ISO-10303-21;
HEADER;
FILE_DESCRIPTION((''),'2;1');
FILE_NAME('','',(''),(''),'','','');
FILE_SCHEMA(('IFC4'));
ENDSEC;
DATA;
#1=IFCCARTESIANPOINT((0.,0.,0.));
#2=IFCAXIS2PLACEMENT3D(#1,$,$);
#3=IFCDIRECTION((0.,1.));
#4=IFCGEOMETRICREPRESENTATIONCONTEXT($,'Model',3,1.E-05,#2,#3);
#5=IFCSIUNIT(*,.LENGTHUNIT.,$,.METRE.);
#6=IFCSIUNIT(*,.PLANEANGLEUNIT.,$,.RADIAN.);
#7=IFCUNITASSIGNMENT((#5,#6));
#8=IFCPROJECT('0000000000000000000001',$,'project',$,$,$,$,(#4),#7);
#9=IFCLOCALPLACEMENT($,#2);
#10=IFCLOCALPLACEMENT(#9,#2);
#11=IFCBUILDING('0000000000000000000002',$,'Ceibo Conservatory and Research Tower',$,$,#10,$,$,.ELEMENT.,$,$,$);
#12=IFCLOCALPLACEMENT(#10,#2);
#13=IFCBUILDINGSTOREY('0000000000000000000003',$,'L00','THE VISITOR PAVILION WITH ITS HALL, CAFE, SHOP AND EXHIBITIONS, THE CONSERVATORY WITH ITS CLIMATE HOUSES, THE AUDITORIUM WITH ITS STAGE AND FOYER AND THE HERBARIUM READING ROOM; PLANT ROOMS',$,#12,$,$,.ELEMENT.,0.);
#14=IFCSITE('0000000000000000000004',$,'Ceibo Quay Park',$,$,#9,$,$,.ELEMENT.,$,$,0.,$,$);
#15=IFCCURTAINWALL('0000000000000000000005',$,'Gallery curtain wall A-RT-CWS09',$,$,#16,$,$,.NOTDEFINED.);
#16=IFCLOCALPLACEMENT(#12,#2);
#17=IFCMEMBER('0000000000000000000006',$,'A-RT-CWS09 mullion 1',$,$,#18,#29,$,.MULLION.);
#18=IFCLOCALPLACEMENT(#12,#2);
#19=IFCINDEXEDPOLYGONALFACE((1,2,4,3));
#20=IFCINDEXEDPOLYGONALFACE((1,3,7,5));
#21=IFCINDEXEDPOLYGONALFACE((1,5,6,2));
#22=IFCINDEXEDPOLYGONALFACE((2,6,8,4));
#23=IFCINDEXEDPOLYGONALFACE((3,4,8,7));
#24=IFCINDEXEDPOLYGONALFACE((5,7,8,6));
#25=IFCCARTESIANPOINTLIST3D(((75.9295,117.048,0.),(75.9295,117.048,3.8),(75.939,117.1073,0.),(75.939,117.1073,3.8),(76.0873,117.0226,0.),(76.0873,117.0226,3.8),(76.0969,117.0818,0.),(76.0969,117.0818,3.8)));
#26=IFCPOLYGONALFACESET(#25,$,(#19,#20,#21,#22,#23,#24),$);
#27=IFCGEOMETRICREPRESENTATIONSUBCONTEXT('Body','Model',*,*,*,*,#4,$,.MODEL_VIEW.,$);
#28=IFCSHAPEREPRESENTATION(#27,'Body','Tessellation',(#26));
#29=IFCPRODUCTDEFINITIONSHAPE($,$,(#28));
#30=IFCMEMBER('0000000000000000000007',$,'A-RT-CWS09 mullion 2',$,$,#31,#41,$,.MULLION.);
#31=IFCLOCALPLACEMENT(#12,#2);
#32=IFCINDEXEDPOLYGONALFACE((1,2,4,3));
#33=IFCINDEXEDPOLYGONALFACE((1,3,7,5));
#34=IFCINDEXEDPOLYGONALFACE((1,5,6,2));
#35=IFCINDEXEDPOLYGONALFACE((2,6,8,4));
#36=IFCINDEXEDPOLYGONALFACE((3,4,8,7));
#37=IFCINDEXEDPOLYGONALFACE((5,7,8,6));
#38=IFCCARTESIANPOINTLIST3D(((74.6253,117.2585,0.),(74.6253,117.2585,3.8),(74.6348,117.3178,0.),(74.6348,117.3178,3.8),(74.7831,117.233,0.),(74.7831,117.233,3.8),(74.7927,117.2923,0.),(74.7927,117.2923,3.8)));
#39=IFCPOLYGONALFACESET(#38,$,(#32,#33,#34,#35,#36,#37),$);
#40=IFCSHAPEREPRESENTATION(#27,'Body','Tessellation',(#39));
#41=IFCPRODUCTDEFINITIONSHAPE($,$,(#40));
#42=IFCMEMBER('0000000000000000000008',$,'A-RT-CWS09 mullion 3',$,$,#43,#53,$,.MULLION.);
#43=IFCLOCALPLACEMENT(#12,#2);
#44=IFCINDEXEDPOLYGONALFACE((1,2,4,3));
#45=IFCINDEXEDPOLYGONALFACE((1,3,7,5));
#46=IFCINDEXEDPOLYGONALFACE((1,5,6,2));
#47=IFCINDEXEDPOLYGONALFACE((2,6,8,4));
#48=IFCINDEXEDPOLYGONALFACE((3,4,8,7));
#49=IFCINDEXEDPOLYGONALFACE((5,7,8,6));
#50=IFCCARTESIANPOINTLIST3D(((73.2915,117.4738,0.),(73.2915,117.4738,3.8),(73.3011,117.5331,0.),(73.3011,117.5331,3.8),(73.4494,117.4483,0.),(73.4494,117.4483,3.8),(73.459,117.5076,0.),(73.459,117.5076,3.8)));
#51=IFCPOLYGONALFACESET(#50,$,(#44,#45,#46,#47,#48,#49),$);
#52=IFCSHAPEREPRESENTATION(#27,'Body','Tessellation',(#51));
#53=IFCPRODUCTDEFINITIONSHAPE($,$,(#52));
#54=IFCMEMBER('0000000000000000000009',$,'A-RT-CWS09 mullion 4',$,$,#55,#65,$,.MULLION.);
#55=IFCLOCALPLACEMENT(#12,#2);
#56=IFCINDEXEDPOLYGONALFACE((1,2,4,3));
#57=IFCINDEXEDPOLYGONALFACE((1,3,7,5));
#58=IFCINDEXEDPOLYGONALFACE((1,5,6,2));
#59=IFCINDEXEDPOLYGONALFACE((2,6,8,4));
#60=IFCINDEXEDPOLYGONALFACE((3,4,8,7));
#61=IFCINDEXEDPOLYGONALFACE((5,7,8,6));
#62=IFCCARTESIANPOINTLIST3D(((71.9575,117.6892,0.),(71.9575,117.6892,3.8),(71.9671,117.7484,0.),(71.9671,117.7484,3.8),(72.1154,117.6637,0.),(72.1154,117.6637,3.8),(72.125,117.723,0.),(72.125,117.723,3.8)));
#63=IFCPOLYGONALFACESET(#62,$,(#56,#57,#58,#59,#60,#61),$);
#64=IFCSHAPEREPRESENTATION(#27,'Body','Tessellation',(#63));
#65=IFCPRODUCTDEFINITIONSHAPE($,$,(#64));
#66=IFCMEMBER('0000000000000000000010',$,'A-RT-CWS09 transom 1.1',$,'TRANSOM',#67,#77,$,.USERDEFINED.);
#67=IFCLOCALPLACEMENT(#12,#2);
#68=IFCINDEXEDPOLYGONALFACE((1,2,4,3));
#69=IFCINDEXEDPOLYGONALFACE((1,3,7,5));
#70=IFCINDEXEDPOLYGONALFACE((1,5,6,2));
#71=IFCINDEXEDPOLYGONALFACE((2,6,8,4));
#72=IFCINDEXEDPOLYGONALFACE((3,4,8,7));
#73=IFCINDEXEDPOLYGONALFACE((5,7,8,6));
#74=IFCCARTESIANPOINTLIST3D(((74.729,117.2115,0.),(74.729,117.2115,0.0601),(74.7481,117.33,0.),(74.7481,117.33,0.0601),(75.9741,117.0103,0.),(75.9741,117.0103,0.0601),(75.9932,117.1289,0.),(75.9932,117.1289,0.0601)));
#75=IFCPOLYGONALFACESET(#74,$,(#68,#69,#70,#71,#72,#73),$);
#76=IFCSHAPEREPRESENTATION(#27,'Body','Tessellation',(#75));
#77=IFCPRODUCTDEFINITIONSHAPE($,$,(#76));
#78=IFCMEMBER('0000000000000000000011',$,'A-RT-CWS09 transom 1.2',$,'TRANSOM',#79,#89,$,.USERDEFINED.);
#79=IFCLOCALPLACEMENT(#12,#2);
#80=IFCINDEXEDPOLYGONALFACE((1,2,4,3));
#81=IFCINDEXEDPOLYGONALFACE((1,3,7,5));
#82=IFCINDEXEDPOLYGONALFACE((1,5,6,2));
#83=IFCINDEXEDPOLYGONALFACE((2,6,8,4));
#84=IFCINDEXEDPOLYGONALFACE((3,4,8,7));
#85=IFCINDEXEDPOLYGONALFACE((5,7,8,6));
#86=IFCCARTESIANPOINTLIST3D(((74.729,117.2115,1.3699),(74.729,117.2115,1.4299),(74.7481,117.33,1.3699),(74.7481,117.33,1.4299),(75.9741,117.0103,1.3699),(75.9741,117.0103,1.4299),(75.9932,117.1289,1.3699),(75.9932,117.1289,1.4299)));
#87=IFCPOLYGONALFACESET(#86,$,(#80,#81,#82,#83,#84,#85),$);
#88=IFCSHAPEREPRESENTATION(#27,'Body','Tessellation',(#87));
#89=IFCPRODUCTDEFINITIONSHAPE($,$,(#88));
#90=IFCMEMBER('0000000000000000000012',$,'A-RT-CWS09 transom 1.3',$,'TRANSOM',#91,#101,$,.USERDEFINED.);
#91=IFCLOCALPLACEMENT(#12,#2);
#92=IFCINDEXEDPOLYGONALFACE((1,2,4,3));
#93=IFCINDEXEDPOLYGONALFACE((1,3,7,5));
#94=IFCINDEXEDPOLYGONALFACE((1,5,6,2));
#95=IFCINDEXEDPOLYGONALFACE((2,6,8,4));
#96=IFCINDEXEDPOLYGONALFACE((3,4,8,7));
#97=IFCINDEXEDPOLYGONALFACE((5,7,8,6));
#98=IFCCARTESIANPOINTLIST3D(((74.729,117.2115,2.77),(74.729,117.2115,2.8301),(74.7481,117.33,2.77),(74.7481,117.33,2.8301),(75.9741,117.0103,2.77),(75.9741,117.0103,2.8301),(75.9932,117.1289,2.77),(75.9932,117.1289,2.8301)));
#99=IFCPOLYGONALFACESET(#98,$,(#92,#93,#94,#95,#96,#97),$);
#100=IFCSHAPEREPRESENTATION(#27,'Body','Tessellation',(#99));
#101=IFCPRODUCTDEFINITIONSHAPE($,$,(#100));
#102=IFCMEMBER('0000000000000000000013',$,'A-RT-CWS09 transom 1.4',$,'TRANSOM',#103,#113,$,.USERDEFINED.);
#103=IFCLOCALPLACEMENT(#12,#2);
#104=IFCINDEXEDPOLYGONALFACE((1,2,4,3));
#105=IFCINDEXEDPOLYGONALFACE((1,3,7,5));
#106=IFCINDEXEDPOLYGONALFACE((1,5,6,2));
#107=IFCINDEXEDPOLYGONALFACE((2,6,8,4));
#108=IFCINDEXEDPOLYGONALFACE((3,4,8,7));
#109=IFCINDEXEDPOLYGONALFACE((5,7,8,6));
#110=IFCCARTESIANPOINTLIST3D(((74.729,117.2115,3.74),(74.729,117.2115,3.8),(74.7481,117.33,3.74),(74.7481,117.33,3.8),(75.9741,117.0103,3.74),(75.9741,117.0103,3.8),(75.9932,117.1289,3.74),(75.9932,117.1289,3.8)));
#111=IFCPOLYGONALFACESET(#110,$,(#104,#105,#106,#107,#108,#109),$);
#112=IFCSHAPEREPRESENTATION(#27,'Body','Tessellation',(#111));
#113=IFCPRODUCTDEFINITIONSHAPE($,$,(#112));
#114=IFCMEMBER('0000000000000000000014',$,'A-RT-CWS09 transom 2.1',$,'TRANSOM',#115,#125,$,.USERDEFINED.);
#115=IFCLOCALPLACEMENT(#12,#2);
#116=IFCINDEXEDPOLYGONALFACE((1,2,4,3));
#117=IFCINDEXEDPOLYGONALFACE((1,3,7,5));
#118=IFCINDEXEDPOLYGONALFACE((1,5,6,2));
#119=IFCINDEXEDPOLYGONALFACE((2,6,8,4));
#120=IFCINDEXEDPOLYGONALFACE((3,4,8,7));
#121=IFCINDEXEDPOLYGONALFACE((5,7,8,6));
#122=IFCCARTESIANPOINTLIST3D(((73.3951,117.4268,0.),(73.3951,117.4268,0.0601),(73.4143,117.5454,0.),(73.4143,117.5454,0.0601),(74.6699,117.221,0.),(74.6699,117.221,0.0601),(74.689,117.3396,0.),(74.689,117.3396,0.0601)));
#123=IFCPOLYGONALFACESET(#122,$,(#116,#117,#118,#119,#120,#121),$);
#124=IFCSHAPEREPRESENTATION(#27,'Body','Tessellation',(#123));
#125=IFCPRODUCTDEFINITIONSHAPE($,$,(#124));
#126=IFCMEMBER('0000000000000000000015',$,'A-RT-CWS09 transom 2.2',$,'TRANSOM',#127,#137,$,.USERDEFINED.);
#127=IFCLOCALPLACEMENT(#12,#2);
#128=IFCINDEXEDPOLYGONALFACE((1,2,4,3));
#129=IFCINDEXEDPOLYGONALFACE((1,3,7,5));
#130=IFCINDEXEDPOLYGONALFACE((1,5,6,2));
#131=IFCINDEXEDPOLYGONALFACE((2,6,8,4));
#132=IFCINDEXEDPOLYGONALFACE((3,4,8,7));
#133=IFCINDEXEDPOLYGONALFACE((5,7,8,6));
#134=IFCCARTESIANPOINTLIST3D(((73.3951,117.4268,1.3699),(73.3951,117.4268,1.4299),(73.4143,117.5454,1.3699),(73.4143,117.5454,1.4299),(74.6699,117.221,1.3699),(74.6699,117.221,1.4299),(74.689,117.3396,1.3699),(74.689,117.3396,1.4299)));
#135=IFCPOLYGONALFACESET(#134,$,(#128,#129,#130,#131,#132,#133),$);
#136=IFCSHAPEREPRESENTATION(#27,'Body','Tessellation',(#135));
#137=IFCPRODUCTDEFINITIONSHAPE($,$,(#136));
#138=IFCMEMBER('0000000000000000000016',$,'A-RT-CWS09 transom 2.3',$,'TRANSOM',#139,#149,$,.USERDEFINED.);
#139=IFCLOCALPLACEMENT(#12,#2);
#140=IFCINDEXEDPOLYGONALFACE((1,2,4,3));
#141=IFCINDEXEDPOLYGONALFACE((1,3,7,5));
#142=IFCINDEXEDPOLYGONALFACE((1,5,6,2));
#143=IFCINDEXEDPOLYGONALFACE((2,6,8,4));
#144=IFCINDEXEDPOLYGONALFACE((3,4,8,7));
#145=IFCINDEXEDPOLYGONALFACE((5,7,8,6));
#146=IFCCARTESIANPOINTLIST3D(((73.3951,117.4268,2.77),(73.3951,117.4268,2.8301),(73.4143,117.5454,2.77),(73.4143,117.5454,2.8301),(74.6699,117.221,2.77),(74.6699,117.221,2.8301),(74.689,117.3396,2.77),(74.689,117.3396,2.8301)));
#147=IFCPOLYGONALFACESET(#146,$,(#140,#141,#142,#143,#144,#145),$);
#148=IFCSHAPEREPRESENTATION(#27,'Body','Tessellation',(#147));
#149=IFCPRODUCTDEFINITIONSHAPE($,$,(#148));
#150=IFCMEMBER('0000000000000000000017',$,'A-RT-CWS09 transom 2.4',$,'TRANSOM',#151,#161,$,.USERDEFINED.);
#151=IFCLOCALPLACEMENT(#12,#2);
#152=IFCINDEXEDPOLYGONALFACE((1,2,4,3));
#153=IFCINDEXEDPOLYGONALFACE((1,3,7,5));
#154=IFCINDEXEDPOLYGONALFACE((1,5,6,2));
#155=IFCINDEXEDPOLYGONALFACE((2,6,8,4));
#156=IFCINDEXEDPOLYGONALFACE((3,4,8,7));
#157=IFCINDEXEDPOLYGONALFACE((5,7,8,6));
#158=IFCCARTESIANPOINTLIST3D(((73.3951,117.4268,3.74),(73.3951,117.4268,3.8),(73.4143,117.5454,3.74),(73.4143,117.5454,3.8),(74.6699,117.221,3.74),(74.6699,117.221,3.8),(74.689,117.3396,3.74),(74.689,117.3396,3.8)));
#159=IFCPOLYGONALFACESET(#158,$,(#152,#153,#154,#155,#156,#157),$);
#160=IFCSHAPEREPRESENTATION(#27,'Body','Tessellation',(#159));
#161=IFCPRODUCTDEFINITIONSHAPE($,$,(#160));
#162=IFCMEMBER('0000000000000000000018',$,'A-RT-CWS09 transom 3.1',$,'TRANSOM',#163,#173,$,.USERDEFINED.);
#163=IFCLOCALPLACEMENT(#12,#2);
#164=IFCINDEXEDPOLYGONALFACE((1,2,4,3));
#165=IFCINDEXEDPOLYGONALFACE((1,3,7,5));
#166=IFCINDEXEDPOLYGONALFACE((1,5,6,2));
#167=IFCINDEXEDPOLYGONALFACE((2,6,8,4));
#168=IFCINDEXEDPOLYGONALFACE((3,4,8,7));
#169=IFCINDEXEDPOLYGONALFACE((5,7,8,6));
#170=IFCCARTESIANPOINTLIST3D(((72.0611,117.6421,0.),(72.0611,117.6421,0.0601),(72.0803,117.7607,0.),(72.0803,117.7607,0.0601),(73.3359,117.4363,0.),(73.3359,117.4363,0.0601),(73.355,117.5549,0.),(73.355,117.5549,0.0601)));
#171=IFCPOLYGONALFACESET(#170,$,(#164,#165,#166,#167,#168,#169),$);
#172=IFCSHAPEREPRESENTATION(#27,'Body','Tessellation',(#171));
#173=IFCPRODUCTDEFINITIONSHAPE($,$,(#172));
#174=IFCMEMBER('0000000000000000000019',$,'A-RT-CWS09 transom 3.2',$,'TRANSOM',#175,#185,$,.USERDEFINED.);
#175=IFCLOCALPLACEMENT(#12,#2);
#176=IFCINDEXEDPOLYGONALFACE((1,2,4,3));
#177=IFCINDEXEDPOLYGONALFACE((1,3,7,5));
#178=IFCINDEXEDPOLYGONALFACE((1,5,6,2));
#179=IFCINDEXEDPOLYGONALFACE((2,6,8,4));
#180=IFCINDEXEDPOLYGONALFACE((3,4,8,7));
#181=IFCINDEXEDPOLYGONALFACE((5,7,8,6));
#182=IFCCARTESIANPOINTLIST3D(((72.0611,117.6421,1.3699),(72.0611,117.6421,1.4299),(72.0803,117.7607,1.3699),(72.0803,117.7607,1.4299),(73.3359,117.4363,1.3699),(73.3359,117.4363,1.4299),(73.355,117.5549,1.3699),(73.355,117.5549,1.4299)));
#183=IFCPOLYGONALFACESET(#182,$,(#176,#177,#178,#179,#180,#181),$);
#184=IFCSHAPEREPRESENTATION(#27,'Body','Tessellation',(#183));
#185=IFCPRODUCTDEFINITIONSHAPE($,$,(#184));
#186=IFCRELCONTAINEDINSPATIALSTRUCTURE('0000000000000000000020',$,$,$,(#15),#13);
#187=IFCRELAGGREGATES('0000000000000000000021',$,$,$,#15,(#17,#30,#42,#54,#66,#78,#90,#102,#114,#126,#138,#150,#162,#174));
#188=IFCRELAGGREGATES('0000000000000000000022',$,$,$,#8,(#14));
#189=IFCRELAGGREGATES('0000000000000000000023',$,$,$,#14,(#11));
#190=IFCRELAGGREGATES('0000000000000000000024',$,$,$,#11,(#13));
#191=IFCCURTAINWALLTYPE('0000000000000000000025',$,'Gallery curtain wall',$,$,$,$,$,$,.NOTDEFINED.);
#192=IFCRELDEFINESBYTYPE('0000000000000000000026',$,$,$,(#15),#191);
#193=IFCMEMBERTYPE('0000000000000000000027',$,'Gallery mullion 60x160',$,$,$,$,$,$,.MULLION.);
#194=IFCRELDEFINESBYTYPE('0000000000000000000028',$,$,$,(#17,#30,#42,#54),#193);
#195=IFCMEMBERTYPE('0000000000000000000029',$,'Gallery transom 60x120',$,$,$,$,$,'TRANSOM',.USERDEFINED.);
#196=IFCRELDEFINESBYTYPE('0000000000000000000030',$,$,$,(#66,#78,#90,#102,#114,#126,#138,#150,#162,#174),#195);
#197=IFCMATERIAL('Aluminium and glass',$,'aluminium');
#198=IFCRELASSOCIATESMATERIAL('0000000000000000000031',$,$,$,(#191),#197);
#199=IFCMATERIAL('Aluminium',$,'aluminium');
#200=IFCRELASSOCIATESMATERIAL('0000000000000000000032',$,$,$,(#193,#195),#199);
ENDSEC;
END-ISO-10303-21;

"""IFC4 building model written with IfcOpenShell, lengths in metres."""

from ifc_helpers import new_model, si_unit, direction, frame, origin, origin_2d, place, context, subcontext, project, spatial, rectangle, extrude, material, material_profile, profile_set, type_object, element, aggregate, save


model = new_model("IFC4")

# Units and contexts
model_context = context("Model", 3, precision=1e-05, world=origin(), true_north=direction((0.0, 1.0)))
body_context = subcontext(model_context, "Body", "Model", "MODEL_VIEW")
ifc_project = project(units=[si_unit("LENGTHUNIT", "METRE"), si_unit("PLANEANGLEUNIT", "RADIAN")], contexts=[model_context])

# Site, building, storey
site_placement = place(None, origin())
site = spatial("IfcSite", under=ifc_project, at=site_placement, Name="Ceibo Quay Park", CompositionType="ELEMENT", RefElevation=0.0)
building_placement = place(site_placement, origin())
building = spatial("IfcBuilding", under=site, at=building_placement, Name="Ceibo Conservatory and Research Tower", CompositionType="ELEMENT")
storey_placement = place(building_placement, origin())
storey = spatial("IfcBuildingStorey", under=building, at=storey_placement, Name="L00", Description="THE VISITOR PAVILION WITH ITS HALL, CAFE, SHOP AND EXHIBITIONS, THE CONSERVATORY WITH ITS CLIMATE HOUSES, THE AUDITORIUM WITH ITS STAGE AND FOYER AND THE HERBARIUM READING ROOM; PLANT ROOMS", CompositionType="ELEMENT", Elevation=0.0)

# Curtain wall, members
ifc_material_1 = material(Name="Aluminium and glass", Category="aluminium")
curtain_wall_type = type_object("IfcCurtainWallType", Name="Gallery curtain wall", PredefinedType="NOTDEFINED", material=ifc_material_1)
curtain_wall_placement = place(storey_placement, origin())
curtain_wall = element("IfcCurtainWall", 1, at=curtain_wall_placement, inside=storey, type_object=curtain_wall_type, Name="Gallery curtain wall A-RT-CWS09", PredefinedType="NOTDEFINED")
ifc_material_2 = material(Name="Aluminium", Category="aluminium")
ifc_material_profile_1 = material_profile(ifc_material_2, rectangle(XDim=0.0601, YDim=0.1599, at=origin_2d()), Name="AL 60x160")
ifc_profile_set_1 = profile_set([ifc_material_profile_1], Name="Aluminium")
member_type_1 = type_object("IfcMemberType", Name="Gallery mullion 60x160", PredefinedType="MULLION", material=ifc_profile_set_1)
member_1_placement = place(storey_placement, frame((76.0132, 117.0649, 0.0), z_axis=(0.0, 0.0, 1.0), x_axis=(-0.159391, -0.987216, 0.0)))
member_1 = element("IfcMember", 2, at=member_1_placement, type_object=member_type_1, Name="A-RT-CWS09 mullion 1", PredefinedType="MULLION", context=body_context, shape_type="SweptSolid", body=[
    extrude(rectangle(XDim=0.0601, YDim=0.1599, at=origin_2d()), origin(), (0.0, 0.0, 1.0), 3.8),
])
member_2_placement = place(storey_placement, frame((74.709, 117.2754, 0.0), z_axis=(0.0, 0.0, 1.0), x_axis=(-0.159391, -0.987216, 0.0)))
member_2 = element("IfcMember", 3, at=member_2_placement, type_object=member_type_1, Name="A-RT-CWS09 mullion 2", PredefinedType="MULLION", context=body_context, shape_type="SweptSolid", body=[
    extrude(rectangle(XDim=0.0601, YDim=0.1599, at=origin_2d()), origin(), (0.0, 0.0, 1.0), 3.8),
])
member_3_placement = place(storey_placement, frame((73.3752, 117.4907, 0.0), z_axis=(0.0, 0.0, 1.0), x_axis=(-0.159391, -0.987216, 0.0)))
member_3 = element("IfcMember", 4, at=member_3_placement, type_object=member_type_1, Name="A-RT-CWS09 mullion 3", PredefinedType="MULLION", context=body_context, shape_type="SweptSolid", body=[
    extrude(rectangle(XDim=0.0601, YDim=0.1599, at=origin_2d()), origin(), (0.0, 0.0, 1.0), 3.8),
])
member_4_placement = place(storey_placement, frame((72.0413, 117.7061, 0.0), z_axis=(0.0, 0.0, 1.0), x_axis=(-0.159391, -0.987216, 0.0)))
member_4 = element("IfcMember", 5, at=member_4_placement, type_object=member_type_1, Name="A-RT-CWS09 mullion 4", PredefinedType="MULLION", context=body_context, shape_type="SweptSolid", body=[
    extrude(rectangle(XDim=0.0601, YDim=0.1599, at=origin_2d()), origin(), (0.0, 0.0, 1.0), 3.8),
])
ifc_material_profile_2 = material_profile(ifc_material_2, rectangle(XDim=0.1201, YDim=0.0601, at=origin_2d()), Name="AL 60x120")
ifc_profile_set_2 = profile_set([ifc_material_profile_2], Name="Aluminium")
member_type_2 = type_object("IfcMemberType", Name="Gallery transom 60x120", ElementType="TRANSOM", PredefinedType="USERDEFINED", material=ifc_profile_set_2)
member_5_placement = place(storey_placement, frame((75.9836, 117.0696, 0.03), z_axis=(-0.987198, 0.1595, 0.0), x_axis=(-0.1595, -0.987198, 0.0)))
member_5 = element("IfcMember", 6, at=member_5_placement, type_object=member_type_2, Name="A-RT-CWS09 transom 1.1", ObjectType="TRANSOM", PredefinedType="USERDEFINED", context=body_context, shape_type="SweptSolid", body=[
    extrude(rectangle(XDim=0.1201, YDim=0.0601, at=origin_2d()), origin(), (0.0, 0.0, 1.0), 1.2612),
])
member_6_placement = place(storey_placement, frame((75.9836, 117.0696, 1.3999), z_axis=(-0.987198, 0.1595, 0.0), x_axis=(-0.1595, -0.987198, 0.0)))
member_6 = element("IfcMember", 7, at=member_6_placement, type_object=member_type_2, Name="A-RT-CWS09 transom 1.2", ObjectType="TRANSOM", PredefinedType="USERDEFINED", context=body_context, shape_type="SweptSolid", body=[
    extrude(rectangle(XDim=0.1201, YDim=0.0601, at=origin_2d()), origin(), (0.0, 0.0, 1.0), 1.2612),
])
member_7_placement = place(storey_placement, frame((75.9836, 117.0696, 2.8), z_axis=(-0.987198, 0.1595, 0.0), x_axis=(-0.1595, -0.987198, 0.0)))
member_7 = element("IfcMember", 8, at=member_7_placement, type_object=member_type_2, Name="A-RT-CWS09 transom 1.3", ObjectType="TRANSOM", PredefinedType="USERDEFINED", context=body_context, shape_type="SweptSolid", body=[
    extrude(rectangle(XDim=0.1201, YDim=0.0601, at=origin_2d()), origin(), (0.0, 0.0, 1.0), 1.2612),
])
member_8_placement = place(storey_placement, frame((75.9836, 117.0696, 3.77), z_axis=(-0.987198, 0.1595, 0.0), x_axis=(-0.1595, -0.987198, 0.0)))
member_8 = element("IfcMember", 9, at=member_8_placement, type_object=member_type_2, Name="A-RT-CWS09 transom 1.4", ObjectType="TRANSOM", PredefinedType="USERDEFINED", context=body_context, shape_type="SweptSolid", body=[
    extrude(rectangle(XDim=0.1201, YDim=0.0601, at=origin_2d()), origin(), (0.0, 0.0, 1.0), 1.2612),
])
member_9_placement = place(storey_placement, frame((74.6794, 117.2803, 0.03), z_axis=(-0.987214, 0.159399, 0.0), x_axis=(-0.159399, -0.987214, 0.0)))
member_9 = element("IfcMember", 10, at=member_9_placement, type_object=member_type_2, Name="A-RT-CWS09 transom 2.1", ObjectType="TRANSOM", PredefinedType="USERDEFINED", context=body_context, shape_type="SweptSolid", body=[
    extrude(rectangle(XDim=0.1201, YDim=0.0601, at=origin_2d()), origin(), (0.0, 0.0, 1.0), 1.2913),
])
member_10_placement = place(storey_placement, frame((74.6794, 117.2803, 1.3999), z_axis=(-0.987214, 0.159399, 0.0), x_axis=(-0.159399, -0.987214, 0.0)))
member_10 = element("IfcMember", 11, at=member_10_placement, type_object=member_type_2, Name="A-RT-CWS09 transom 2.2", ObjectType="TRANSOM", PredefinedType="USERDEFINED", context=body_context, shape_type="SweptSolid", body=[
    extrude(rectangle(XDim=0.1201, YDim=0.0601, at=origin_2d()), origin(), (0.0, 0.0, 1.0), 1.2913),
])
member_11_placement = place(storey_placement, frame((74.6794, 117.2803, 2.8), z_axis=(-0.987214, 0.159399, 0.0), x_axis=(-0.159399, -0.987214, 0.0)))
member_11 = element("IfcMember", 12, at=member_11_placement, type_object=member_type_2, Name="A-RT-CWS09 transom 2.3", ObjectType="TRANSOM", PredefinedType="USERDEFINED", context=body_context, shape_type="SweptSolid", body=[
    extrude(rectangle(XDim=0.1201, YDim=0.0601, at=origin_2d()), origin(), (0.0, 0.0, 1.0), 1.2913),
])
member_12_placement = place(storey_placement, frame((74.6794, 117.2803, 3.77), z_axis=(-0.987214, 0.159399, 0.0), x_axis=(-0.159399, -0.987214, 0.0)))
member_12 = element("IfcMember", 13, at=member_12_placement, type_object=member_type_2, Name="A-RT-CWS09 transom 2.4", ObjectType="TRANSOM", PredefinedType="USERDEFINED", context=body_context, shape_type="SweptSolid", body=[
    extrude(rectangle(XDim=0.1201, YDim=0.0601, at=origin_2d()), origin(), (0.0, 0.0, 1.0), 1.2913),
])
member_13_placement = place(storey_placement, frame((73.3455, 117.4956, 0.03), z_axis=(-0.987214, 0.159399, 0.0), x_axis=(-0.159399, -0.987214, 0.0)))
member_13 = element("IfcMember", 14, at=member_13_placement, type_object=member_type_2, Name="A-RT-CWS09 transom 3.1", ObjectType="TRANSOM", PredefinedType="USERDEFINED", context=body_context, shape_type="SweptSolid", body=[
    extrude(rectangle(XDim=0.1201, YDim=0.0601, at=origin_2d()), origin(), (0.0, 0.0, 1.0), 1.2913),
])
member_14_placement = place(storey_placement, frame((73.3455, 117.4956, 1.3999), z_axis=(-0.987214, 0.159399, 0.0), x_axis=(-0.159399, -0.987214, 0.0)))
member_14 = element("IfcMember", 15, at=member_14_placement, type_object=member_type_2, Name="A-RT-CWS09 transom 3.2", ObjectType="TRANSOM", PredefinedType="USERDEFINED", context=body_context, shape_type="SweptSolid", body=[
    extrude(rectangle(XDim=0.1201, YDim=0.0601, at=origin_2d()), origin(), (0.0, 0.0, 1.0), 1.2913),
])
aggregate(curtain_wall, [member_1, member_2, member_3, member_4, member_5, member_6, member_7, member_8, member_9, member_10, member_11, member_12, member_13, member_14])

save(model, "model.ifc")
